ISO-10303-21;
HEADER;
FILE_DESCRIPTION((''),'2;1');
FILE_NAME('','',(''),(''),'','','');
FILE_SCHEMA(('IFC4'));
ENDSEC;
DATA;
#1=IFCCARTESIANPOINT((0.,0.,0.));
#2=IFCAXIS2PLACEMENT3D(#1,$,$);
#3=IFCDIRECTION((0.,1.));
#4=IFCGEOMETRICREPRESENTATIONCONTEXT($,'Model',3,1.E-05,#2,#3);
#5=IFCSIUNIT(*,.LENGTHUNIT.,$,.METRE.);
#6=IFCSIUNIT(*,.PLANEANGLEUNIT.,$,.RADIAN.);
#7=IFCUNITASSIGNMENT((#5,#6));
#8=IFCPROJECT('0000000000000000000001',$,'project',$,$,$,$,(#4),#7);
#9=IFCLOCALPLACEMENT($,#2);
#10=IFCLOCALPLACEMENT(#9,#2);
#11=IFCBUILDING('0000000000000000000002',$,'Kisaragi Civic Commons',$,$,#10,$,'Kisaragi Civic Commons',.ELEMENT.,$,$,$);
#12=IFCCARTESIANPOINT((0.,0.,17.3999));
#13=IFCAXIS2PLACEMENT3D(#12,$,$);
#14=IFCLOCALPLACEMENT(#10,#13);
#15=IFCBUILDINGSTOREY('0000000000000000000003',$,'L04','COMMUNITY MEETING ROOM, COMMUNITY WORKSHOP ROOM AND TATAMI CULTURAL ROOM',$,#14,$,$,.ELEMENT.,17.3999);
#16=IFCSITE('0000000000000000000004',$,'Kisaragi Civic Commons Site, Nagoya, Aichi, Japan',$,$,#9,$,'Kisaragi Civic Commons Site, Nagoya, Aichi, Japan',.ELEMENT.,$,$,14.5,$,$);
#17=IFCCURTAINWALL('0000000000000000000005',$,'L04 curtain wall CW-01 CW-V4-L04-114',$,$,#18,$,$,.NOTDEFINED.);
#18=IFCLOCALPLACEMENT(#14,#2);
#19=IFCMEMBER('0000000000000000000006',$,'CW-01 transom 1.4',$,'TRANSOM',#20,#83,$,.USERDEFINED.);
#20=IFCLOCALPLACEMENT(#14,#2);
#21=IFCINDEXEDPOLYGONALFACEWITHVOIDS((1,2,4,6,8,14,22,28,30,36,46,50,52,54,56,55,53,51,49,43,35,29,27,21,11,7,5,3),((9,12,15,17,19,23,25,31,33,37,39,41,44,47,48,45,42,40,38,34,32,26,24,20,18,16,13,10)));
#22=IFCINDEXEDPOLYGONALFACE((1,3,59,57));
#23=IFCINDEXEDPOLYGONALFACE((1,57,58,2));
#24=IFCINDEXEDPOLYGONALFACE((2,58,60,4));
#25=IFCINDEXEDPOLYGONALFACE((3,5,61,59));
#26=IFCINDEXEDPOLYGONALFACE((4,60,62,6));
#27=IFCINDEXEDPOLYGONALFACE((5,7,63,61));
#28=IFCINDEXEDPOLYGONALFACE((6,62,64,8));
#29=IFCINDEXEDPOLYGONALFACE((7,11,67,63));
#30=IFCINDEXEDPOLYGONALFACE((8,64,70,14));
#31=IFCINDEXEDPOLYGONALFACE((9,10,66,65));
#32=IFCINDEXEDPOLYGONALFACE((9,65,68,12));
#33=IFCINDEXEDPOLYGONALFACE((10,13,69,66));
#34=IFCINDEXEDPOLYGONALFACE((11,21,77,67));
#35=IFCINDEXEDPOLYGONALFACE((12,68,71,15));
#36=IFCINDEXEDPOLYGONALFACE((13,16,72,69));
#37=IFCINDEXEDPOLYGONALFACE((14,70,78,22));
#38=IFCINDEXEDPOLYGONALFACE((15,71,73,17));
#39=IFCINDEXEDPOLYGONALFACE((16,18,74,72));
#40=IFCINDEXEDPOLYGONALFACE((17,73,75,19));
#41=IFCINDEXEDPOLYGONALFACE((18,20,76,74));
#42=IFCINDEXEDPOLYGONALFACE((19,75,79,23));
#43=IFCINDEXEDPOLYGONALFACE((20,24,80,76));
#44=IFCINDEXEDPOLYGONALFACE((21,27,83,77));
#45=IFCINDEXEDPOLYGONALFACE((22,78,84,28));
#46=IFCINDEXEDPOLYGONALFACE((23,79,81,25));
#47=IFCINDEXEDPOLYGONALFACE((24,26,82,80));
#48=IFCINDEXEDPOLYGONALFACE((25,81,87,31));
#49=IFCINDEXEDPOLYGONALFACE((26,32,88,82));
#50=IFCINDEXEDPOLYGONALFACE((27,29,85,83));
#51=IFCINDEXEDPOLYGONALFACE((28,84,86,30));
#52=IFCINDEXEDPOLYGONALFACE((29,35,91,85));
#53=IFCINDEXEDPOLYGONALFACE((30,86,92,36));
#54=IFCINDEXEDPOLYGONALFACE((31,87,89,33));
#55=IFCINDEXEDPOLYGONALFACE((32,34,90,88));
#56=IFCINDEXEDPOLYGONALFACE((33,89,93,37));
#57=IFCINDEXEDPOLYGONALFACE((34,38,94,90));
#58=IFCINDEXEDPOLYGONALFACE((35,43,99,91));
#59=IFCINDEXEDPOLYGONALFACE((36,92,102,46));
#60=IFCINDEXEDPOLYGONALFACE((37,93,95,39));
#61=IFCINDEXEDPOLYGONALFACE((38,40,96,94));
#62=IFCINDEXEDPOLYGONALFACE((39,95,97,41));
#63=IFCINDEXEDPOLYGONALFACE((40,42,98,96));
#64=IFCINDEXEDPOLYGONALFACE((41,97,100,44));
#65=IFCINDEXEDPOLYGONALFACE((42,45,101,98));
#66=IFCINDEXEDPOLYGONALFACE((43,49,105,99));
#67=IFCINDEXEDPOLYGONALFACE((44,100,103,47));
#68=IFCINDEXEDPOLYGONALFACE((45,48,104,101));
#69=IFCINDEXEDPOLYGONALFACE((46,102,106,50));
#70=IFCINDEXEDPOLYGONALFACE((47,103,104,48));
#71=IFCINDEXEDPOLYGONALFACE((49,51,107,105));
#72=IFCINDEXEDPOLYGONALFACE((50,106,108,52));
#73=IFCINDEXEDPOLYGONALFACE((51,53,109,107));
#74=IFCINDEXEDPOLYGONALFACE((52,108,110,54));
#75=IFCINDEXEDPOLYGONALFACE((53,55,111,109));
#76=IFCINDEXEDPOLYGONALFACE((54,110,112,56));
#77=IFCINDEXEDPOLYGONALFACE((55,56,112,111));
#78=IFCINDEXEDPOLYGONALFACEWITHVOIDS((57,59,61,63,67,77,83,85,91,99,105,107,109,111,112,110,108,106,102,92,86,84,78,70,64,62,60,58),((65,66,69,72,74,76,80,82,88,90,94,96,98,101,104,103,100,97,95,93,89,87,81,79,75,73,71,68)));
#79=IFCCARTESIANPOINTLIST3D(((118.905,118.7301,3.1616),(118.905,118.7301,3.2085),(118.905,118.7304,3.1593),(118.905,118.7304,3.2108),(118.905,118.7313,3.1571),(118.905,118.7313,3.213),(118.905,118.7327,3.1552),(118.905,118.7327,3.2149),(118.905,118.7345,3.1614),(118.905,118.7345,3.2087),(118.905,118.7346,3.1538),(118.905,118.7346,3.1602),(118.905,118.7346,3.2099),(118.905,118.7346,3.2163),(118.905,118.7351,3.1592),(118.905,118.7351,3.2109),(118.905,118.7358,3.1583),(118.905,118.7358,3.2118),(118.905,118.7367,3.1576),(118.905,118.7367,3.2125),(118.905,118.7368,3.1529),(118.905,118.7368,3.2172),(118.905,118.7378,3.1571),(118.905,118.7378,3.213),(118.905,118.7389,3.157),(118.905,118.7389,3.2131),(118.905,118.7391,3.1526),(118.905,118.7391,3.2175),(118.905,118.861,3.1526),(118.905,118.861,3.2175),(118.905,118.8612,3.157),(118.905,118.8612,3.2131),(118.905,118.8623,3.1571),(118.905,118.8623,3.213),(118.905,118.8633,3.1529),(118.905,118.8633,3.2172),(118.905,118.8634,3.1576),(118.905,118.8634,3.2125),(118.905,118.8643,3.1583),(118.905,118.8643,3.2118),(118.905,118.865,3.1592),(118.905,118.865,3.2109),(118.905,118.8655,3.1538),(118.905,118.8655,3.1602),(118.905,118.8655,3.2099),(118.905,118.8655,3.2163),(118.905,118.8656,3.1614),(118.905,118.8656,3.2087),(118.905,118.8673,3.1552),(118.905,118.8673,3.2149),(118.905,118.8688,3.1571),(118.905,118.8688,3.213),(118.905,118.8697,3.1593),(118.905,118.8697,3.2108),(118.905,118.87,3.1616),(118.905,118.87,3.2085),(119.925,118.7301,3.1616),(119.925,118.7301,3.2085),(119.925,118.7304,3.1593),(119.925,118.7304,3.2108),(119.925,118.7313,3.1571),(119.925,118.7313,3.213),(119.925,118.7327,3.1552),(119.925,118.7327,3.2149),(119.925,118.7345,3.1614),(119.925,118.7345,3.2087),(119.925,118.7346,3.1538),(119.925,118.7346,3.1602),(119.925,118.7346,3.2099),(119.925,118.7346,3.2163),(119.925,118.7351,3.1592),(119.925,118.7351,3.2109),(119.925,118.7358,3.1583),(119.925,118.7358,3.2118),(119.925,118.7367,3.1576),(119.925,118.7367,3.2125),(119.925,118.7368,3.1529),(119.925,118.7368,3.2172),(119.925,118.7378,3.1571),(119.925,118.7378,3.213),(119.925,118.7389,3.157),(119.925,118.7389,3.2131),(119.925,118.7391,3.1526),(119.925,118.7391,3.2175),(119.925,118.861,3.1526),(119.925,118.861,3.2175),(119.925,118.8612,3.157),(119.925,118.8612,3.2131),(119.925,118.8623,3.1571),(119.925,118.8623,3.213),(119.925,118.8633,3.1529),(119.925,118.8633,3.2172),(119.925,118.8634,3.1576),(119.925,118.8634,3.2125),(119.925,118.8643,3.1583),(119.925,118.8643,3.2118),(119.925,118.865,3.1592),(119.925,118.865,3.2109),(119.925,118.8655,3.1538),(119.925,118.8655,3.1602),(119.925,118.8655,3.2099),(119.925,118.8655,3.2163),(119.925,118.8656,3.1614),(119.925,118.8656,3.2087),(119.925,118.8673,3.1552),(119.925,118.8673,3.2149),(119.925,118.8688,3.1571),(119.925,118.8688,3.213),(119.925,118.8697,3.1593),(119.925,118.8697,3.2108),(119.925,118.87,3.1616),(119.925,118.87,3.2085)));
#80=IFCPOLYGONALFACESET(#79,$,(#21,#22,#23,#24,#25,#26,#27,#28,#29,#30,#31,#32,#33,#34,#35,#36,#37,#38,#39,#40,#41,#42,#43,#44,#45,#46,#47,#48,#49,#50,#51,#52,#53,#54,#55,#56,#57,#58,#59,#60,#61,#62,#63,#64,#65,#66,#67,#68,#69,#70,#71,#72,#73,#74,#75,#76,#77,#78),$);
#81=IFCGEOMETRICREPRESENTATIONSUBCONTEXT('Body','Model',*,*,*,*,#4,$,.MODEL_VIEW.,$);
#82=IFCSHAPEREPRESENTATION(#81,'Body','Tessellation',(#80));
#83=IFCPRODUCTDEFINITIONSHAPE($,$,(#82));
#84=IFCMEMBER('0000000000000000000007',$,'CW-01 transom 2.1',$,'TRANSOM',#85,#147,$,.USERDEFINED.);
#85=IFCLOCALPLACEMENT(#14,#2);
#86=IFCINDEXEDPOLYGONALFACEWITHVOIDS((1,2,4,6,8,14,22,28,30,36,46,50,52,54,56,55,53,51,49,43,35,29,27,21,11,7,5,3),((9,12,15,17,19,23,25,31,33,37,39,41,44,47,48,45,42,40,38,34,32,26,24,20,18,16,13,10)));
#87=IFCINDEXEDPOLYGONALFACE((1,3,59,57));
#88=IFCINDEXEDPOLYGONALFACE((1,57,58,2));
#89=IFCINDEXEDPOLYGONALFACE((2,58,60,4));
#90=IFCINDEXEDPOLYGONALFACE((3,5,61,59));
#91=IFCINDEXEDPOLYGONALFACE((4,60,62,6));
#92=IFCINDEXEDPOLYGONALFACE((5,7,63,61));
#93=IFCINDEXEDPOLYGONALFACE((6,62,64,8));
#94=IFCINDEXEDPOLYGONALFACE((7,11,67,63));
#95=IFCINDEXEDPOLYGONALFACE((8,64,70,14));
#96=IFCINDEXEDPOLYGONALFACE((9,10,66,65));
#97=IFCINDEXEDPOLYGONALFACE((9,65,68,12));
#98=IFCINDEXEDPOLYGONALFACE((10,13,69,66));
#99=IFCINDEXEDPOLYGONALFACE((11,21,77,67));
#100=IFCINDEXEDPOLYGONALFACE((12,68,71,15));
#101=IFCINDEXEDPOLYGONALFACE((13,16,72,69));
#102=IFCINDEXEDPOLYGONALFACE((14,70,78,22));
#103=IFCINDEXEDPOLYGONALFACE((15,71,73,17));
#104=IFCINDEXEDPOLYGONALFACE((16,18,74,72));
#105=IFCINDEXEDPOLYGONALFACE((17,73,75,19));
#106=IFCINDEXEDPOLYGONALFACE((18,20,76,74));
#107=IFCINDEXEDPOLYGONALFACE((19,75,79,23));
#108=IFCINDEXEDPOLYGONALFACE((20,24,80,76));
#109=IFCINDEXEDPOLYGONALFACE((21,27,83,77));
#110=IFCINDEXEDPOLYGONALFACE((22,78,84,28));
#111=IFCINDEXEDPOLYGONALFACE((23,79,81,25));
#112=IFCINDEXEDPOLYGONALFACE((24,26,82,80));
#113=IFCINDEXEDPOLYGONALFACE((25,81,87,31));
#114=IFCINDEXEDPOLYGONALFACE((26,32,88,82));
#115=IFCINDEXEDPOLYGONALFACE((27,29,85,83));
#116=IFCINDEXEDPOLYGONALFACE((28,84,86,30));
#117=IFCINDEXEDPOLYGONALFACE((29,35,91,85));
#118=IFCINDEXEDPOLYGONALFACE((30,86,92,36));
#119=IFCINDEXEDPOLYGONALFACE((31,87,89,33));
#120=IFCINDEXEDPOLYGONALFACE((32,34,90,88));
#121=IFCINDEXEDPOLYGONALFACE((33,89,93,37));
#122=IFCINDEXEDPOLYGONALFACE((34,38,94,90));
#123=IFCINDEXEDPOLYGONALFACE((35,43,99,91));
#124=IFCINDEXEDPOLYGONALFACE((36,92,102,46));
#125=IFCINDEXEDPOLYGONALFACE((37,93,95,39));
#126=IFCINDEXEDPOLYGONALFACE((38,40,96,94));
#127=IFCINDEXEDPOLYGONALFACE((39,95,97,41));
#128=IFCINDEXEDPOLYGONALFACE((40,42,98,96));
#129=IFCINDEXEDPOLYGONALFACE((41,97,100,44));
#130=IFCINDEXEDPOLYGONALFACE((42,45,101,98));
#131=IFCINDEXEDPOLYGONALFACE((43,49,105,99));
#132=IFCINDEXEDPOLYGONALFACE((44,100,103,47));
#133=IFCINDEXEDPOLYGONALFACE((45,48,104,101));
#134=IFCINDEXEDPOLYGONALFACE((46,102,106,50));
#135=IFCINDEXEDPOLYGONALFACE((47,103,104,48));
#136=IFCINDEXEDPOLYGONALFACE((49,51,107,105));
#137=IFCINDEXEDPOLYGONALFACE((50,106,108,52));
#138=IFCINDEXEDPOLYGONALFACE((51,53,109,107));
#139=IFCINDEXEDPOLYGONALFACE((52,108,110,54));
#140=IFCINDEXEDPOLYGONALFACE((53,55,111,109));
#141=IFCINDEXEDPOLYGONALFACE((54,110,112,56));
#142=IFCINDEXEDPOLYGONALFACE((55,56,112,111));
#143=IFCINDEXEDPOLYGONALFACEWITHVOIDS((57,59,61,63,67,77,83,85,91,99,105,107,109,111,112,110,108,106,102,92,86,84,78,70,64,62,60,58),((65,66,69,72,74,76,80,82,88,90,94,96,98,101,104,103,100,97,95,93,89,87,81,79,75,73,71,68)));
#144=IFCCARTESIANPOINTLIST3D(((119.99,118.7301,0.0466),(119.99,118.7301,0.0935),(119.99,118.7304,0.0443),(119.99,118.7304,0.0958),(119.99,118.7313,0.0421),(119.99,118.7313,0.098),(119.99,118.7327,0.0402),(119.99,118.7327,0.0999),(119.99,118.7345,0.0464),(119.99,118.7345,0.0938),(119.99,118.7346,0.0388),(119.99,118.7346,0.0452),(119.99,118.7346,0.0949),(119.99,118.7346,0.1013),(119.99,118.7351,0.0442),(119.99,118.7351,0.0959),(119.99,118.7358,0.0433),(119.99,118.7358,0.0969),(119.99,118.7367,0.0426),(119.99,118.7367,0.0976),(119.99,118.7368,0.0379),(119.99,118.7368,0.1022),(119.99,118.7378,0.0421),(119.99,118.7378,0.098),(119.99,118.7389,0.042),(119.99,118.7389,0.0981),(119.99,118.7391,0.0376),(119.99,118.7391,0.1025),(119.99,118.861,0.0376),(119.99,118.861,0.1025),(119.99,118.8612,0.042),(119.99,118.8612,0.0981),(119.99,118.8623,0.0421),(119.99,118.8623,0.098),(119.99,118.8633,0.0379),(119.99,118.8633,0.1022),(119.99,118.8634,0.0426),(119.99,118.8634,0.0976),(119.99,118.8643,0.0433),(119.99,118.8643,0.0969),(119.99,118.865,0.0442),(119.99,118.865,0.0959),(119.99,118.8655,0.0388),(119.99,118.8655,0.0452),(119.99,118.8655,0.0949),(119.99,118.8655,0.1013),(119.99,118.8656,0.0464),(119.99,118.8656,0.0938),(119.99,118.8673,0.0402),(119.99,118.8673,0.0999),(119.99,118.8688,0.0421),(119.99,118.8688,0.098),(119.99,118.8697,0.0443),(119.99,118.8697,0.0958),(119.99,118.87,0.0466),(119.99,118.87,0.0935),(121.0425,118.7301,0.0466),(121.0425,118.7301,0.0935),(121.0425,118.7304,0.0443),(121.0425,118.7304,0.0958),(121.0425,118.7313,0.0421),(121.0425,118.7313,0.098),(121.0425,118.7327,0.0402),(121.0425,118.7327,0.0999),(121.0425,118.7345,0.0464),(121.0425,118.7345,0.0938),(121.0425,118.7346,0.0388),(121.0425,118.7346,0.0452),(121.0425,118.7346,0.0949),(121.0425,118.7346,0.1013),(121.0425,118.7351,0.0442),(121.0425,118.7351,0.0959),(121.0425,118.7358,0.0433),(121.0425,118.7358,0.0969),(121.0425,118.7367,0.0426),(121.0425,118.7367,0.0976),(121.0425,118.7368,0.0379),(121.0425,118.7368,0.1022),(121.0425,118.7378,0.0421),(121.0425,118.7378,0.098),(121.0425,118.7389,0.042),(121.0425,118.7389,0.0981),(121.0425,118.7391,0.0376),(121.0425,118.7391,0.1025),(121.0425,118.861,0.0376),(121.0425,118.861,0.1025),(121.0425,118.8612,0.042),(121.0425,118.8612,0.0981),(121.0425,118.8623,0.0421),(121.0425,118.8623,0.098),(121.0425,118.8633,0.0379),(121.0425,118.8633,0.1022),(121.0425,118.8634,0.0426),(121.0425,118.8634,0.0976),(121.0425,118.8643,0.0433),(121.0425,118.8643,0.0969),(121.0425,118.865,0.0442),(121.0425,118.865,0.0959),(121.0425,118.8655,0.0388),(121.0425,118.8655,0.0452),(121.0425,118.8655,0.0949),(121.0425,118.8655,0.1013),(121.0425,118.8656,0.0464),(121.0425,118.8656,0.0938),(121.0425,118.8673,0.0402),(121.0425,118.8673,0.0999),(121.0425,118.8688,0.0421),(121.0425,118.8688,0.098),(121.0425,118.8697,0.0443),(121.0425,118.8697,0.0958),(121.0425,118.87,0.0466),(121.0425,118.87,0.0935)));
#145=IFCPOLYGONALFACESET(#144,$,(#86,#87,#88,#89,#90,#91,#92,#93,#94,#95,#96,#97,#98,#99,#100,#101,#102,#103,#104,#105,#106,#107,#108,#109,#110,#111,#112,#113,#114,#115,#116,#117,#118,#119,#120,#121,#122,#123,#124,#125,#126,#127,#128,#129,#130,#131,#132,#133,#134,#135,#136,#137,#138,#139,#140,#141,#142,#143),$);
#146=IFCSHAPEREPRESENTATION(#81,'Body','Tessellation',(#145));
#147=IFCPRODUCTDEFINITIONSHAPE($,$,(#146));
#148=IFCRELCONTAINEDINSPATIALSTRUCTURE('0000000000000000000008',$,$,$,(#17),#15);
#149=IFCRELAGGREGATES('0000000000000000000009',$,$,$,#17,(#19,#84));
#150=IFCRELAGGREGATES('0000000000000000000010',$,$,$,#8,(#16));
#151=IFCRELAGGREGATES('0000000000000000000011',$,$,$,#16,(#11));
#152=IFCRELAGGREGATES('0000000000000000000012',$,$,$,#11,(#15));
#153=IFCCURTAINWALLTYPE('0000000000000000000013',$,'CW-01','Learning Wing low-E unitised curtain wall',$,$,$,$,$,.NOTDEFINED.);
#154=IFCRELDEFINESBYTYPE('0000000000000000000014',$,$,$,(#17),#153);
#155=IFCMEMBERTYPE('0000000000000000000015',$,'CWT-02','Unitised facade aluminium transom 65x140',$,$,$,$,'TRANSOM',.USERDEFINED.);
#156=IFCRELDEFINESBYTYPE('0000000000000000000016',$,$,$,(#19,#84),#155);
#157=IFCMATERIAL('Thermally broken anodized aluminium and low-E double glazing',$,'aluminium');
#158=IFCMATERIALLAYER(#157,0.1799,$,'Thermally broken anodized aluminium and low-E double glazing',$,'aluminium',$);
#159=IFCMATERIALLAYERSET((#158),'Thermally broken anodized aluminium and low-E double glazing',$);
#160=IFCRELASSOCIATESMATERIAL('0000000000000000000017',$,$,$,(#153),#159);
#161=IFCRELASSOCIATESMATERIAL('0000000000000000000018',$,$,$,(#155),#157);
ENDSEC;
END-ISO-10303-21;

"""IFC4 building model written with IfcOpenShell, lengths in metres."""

from ifc_helpers import new_model, si_unit, direction, frame, origin, origin_2d, place, context, subcontext, project, spatial, hollow_rectangle, extrude, material, layer, layer_set, material_profile, profile_set, type_object, element, aggregate, save


model = new_model("IFC4")

# Units and contexts
model_context = context("Model", 3, precision=1e-05, world=origin(), true_north=direction((0.0, 1.0)))
body_context = subcontext(model_context, "Body", "Model", "MODEL_VIEW")
ifc_project = project(units=[si_unit("LENGTHUNIT", "METRE"), si_unit("PLANEANGLEUNIT", "RADIAN")], contexts=[model_context])

# Site, building, storey
site_placement = place(None, origin())
site = spatial("IfcSite", under=ifc_project, at=site_placement, Name="Kisaragi Civic Commons Site, Nagoya, Aichi, Japan", LongName="Kisaragi Civic Commons Site, Nagoya, Aichi, Japan", CompositionType="ELEMENT", RefElevation=14.5)
building_placement = place(site_placement, origin())
building = spatial("IfcBuilding", under=site, at=building_placement, Name="Kisaragi Civic Commons", LongName="Kisaragi Civic Commons", CompositionType="ELEMENT")
storey_placement = place(building_placement, frame((0.0, 0.0, 17.3999)))
storey = spatial("IfcBuildingStorey", under=building, at=storey_placement, Name="L04", Description="COMMUNITY MEETING ROOM, COMMUNITY WORKSHOP ROOM AND TATAMI CULTURAL ROOM", CompositionType="ELEMENT", Elevation=17.3999)

# Shared definitions
ifc_material_1 = material(Name="Thermally broken anodized aluminium and low-E double glazing", Category="aluminium")
ifc_layer_1 = layer(ifc_material_1, 0.1799, Name="Thermally broken anodized aluminium and low-E double glazing", Category="aluminium")
ifc_layer_set_1 = layer_set([ifc_layer_1], Name="Thermally broken anodized aluminium and low-E double glazing")
curtain_wall_type = type_object("IfcCurtainWallType", Name="CW-01", Description="Learning Wing low-E unitised curtain wall", PredefinedType="NOTDEFINED", material=ifc_layer_set_1)

# Curtain wall, members
curtain_wall_1_placement = place(storey_placement, origin())
curtain_wall_1 = element("IfcCurtainWall", 1, at=curtain_wall_1_placement, inside=storey, type_object=curtain_wall_type, Name="L04 curtain wall CW-01 CW-V4-L04-114", PredefinedType="NOTDEFINED")
ifc_material_profile_1 = material_profile(ifc_material_1, hollow_rectangle(XDim=0.1399, YDim=0.0649, WallThickness=0.0044, InnerFilletRadius=0.0044, OuterFilletRadius=0.009, at=origin_2d()), Name="CWT-65x140x4.5", Category="aluminium")
ifc_profile_set_1 = profile_set([ifc_material_profile_1], Name="Thermally broken anodized aluminium and low-E double glazing")
member_type_1 = type_object("IfcMemberType", Name="CWT-02", Description="Unitised facade aluminium transom 65x140", ElementType="TRANSOM", PredefinedType="USERDEFINED", material=ifc_profile_set_1)
member_1_placement = place(storey_placement, frame((118.905, 118.8, 3.1851), z_axis=(1.0, 0.0, 0.0), x_axis=(0.0, 1.0, 0.0)))
member_1 = element("IfcMember", 2, at=member_1_placement, type_object=member_type_1, Name="CW-01 transom 1.4", ObjectType="TRANSOM", PredefinedType="USERDEFINED", context=body_context, shape_type="SweptSolid", body=[
    extrude(hollow_rectangle(XDim=0.1399, YDim=0.0649, WallThickness=0.0044, InnerFilletRadius=0.0044, OuterFilletRadius=0.009, at=origin_2d()), origin(), (0.0, 0.0, 1.0), 1.02),
])
member_2_placement = place(storey_placement, frame((119.99, 118.8, 0.0701), z_axis=(1.0, 0.0, 0.0), x_axis=(0.0, 1.0, 0.0)))
member_2 = element("IfcMember", 3, at=member_2_placement, type_object=member_type_1, Name="CW-01 transom 2.1", ObjectType="TRANSOM", PredefinedType="USERDEFINED", context=body_context, shape_type="SweptSolid", body=[
    extrude(hollow_rectangle(XDim=0.1399, YDim=0.0649, WallThickness=0.0044, InnerFilletRadius=0.0044, OuterFilletRadius=0.009, at=origin_2d()), origin(), (0.0, 0.0, 1.0), 1.0525),
])
aggregate(curtain_wall_1, [member_1, member_2])

save(model, "model.ifc")
